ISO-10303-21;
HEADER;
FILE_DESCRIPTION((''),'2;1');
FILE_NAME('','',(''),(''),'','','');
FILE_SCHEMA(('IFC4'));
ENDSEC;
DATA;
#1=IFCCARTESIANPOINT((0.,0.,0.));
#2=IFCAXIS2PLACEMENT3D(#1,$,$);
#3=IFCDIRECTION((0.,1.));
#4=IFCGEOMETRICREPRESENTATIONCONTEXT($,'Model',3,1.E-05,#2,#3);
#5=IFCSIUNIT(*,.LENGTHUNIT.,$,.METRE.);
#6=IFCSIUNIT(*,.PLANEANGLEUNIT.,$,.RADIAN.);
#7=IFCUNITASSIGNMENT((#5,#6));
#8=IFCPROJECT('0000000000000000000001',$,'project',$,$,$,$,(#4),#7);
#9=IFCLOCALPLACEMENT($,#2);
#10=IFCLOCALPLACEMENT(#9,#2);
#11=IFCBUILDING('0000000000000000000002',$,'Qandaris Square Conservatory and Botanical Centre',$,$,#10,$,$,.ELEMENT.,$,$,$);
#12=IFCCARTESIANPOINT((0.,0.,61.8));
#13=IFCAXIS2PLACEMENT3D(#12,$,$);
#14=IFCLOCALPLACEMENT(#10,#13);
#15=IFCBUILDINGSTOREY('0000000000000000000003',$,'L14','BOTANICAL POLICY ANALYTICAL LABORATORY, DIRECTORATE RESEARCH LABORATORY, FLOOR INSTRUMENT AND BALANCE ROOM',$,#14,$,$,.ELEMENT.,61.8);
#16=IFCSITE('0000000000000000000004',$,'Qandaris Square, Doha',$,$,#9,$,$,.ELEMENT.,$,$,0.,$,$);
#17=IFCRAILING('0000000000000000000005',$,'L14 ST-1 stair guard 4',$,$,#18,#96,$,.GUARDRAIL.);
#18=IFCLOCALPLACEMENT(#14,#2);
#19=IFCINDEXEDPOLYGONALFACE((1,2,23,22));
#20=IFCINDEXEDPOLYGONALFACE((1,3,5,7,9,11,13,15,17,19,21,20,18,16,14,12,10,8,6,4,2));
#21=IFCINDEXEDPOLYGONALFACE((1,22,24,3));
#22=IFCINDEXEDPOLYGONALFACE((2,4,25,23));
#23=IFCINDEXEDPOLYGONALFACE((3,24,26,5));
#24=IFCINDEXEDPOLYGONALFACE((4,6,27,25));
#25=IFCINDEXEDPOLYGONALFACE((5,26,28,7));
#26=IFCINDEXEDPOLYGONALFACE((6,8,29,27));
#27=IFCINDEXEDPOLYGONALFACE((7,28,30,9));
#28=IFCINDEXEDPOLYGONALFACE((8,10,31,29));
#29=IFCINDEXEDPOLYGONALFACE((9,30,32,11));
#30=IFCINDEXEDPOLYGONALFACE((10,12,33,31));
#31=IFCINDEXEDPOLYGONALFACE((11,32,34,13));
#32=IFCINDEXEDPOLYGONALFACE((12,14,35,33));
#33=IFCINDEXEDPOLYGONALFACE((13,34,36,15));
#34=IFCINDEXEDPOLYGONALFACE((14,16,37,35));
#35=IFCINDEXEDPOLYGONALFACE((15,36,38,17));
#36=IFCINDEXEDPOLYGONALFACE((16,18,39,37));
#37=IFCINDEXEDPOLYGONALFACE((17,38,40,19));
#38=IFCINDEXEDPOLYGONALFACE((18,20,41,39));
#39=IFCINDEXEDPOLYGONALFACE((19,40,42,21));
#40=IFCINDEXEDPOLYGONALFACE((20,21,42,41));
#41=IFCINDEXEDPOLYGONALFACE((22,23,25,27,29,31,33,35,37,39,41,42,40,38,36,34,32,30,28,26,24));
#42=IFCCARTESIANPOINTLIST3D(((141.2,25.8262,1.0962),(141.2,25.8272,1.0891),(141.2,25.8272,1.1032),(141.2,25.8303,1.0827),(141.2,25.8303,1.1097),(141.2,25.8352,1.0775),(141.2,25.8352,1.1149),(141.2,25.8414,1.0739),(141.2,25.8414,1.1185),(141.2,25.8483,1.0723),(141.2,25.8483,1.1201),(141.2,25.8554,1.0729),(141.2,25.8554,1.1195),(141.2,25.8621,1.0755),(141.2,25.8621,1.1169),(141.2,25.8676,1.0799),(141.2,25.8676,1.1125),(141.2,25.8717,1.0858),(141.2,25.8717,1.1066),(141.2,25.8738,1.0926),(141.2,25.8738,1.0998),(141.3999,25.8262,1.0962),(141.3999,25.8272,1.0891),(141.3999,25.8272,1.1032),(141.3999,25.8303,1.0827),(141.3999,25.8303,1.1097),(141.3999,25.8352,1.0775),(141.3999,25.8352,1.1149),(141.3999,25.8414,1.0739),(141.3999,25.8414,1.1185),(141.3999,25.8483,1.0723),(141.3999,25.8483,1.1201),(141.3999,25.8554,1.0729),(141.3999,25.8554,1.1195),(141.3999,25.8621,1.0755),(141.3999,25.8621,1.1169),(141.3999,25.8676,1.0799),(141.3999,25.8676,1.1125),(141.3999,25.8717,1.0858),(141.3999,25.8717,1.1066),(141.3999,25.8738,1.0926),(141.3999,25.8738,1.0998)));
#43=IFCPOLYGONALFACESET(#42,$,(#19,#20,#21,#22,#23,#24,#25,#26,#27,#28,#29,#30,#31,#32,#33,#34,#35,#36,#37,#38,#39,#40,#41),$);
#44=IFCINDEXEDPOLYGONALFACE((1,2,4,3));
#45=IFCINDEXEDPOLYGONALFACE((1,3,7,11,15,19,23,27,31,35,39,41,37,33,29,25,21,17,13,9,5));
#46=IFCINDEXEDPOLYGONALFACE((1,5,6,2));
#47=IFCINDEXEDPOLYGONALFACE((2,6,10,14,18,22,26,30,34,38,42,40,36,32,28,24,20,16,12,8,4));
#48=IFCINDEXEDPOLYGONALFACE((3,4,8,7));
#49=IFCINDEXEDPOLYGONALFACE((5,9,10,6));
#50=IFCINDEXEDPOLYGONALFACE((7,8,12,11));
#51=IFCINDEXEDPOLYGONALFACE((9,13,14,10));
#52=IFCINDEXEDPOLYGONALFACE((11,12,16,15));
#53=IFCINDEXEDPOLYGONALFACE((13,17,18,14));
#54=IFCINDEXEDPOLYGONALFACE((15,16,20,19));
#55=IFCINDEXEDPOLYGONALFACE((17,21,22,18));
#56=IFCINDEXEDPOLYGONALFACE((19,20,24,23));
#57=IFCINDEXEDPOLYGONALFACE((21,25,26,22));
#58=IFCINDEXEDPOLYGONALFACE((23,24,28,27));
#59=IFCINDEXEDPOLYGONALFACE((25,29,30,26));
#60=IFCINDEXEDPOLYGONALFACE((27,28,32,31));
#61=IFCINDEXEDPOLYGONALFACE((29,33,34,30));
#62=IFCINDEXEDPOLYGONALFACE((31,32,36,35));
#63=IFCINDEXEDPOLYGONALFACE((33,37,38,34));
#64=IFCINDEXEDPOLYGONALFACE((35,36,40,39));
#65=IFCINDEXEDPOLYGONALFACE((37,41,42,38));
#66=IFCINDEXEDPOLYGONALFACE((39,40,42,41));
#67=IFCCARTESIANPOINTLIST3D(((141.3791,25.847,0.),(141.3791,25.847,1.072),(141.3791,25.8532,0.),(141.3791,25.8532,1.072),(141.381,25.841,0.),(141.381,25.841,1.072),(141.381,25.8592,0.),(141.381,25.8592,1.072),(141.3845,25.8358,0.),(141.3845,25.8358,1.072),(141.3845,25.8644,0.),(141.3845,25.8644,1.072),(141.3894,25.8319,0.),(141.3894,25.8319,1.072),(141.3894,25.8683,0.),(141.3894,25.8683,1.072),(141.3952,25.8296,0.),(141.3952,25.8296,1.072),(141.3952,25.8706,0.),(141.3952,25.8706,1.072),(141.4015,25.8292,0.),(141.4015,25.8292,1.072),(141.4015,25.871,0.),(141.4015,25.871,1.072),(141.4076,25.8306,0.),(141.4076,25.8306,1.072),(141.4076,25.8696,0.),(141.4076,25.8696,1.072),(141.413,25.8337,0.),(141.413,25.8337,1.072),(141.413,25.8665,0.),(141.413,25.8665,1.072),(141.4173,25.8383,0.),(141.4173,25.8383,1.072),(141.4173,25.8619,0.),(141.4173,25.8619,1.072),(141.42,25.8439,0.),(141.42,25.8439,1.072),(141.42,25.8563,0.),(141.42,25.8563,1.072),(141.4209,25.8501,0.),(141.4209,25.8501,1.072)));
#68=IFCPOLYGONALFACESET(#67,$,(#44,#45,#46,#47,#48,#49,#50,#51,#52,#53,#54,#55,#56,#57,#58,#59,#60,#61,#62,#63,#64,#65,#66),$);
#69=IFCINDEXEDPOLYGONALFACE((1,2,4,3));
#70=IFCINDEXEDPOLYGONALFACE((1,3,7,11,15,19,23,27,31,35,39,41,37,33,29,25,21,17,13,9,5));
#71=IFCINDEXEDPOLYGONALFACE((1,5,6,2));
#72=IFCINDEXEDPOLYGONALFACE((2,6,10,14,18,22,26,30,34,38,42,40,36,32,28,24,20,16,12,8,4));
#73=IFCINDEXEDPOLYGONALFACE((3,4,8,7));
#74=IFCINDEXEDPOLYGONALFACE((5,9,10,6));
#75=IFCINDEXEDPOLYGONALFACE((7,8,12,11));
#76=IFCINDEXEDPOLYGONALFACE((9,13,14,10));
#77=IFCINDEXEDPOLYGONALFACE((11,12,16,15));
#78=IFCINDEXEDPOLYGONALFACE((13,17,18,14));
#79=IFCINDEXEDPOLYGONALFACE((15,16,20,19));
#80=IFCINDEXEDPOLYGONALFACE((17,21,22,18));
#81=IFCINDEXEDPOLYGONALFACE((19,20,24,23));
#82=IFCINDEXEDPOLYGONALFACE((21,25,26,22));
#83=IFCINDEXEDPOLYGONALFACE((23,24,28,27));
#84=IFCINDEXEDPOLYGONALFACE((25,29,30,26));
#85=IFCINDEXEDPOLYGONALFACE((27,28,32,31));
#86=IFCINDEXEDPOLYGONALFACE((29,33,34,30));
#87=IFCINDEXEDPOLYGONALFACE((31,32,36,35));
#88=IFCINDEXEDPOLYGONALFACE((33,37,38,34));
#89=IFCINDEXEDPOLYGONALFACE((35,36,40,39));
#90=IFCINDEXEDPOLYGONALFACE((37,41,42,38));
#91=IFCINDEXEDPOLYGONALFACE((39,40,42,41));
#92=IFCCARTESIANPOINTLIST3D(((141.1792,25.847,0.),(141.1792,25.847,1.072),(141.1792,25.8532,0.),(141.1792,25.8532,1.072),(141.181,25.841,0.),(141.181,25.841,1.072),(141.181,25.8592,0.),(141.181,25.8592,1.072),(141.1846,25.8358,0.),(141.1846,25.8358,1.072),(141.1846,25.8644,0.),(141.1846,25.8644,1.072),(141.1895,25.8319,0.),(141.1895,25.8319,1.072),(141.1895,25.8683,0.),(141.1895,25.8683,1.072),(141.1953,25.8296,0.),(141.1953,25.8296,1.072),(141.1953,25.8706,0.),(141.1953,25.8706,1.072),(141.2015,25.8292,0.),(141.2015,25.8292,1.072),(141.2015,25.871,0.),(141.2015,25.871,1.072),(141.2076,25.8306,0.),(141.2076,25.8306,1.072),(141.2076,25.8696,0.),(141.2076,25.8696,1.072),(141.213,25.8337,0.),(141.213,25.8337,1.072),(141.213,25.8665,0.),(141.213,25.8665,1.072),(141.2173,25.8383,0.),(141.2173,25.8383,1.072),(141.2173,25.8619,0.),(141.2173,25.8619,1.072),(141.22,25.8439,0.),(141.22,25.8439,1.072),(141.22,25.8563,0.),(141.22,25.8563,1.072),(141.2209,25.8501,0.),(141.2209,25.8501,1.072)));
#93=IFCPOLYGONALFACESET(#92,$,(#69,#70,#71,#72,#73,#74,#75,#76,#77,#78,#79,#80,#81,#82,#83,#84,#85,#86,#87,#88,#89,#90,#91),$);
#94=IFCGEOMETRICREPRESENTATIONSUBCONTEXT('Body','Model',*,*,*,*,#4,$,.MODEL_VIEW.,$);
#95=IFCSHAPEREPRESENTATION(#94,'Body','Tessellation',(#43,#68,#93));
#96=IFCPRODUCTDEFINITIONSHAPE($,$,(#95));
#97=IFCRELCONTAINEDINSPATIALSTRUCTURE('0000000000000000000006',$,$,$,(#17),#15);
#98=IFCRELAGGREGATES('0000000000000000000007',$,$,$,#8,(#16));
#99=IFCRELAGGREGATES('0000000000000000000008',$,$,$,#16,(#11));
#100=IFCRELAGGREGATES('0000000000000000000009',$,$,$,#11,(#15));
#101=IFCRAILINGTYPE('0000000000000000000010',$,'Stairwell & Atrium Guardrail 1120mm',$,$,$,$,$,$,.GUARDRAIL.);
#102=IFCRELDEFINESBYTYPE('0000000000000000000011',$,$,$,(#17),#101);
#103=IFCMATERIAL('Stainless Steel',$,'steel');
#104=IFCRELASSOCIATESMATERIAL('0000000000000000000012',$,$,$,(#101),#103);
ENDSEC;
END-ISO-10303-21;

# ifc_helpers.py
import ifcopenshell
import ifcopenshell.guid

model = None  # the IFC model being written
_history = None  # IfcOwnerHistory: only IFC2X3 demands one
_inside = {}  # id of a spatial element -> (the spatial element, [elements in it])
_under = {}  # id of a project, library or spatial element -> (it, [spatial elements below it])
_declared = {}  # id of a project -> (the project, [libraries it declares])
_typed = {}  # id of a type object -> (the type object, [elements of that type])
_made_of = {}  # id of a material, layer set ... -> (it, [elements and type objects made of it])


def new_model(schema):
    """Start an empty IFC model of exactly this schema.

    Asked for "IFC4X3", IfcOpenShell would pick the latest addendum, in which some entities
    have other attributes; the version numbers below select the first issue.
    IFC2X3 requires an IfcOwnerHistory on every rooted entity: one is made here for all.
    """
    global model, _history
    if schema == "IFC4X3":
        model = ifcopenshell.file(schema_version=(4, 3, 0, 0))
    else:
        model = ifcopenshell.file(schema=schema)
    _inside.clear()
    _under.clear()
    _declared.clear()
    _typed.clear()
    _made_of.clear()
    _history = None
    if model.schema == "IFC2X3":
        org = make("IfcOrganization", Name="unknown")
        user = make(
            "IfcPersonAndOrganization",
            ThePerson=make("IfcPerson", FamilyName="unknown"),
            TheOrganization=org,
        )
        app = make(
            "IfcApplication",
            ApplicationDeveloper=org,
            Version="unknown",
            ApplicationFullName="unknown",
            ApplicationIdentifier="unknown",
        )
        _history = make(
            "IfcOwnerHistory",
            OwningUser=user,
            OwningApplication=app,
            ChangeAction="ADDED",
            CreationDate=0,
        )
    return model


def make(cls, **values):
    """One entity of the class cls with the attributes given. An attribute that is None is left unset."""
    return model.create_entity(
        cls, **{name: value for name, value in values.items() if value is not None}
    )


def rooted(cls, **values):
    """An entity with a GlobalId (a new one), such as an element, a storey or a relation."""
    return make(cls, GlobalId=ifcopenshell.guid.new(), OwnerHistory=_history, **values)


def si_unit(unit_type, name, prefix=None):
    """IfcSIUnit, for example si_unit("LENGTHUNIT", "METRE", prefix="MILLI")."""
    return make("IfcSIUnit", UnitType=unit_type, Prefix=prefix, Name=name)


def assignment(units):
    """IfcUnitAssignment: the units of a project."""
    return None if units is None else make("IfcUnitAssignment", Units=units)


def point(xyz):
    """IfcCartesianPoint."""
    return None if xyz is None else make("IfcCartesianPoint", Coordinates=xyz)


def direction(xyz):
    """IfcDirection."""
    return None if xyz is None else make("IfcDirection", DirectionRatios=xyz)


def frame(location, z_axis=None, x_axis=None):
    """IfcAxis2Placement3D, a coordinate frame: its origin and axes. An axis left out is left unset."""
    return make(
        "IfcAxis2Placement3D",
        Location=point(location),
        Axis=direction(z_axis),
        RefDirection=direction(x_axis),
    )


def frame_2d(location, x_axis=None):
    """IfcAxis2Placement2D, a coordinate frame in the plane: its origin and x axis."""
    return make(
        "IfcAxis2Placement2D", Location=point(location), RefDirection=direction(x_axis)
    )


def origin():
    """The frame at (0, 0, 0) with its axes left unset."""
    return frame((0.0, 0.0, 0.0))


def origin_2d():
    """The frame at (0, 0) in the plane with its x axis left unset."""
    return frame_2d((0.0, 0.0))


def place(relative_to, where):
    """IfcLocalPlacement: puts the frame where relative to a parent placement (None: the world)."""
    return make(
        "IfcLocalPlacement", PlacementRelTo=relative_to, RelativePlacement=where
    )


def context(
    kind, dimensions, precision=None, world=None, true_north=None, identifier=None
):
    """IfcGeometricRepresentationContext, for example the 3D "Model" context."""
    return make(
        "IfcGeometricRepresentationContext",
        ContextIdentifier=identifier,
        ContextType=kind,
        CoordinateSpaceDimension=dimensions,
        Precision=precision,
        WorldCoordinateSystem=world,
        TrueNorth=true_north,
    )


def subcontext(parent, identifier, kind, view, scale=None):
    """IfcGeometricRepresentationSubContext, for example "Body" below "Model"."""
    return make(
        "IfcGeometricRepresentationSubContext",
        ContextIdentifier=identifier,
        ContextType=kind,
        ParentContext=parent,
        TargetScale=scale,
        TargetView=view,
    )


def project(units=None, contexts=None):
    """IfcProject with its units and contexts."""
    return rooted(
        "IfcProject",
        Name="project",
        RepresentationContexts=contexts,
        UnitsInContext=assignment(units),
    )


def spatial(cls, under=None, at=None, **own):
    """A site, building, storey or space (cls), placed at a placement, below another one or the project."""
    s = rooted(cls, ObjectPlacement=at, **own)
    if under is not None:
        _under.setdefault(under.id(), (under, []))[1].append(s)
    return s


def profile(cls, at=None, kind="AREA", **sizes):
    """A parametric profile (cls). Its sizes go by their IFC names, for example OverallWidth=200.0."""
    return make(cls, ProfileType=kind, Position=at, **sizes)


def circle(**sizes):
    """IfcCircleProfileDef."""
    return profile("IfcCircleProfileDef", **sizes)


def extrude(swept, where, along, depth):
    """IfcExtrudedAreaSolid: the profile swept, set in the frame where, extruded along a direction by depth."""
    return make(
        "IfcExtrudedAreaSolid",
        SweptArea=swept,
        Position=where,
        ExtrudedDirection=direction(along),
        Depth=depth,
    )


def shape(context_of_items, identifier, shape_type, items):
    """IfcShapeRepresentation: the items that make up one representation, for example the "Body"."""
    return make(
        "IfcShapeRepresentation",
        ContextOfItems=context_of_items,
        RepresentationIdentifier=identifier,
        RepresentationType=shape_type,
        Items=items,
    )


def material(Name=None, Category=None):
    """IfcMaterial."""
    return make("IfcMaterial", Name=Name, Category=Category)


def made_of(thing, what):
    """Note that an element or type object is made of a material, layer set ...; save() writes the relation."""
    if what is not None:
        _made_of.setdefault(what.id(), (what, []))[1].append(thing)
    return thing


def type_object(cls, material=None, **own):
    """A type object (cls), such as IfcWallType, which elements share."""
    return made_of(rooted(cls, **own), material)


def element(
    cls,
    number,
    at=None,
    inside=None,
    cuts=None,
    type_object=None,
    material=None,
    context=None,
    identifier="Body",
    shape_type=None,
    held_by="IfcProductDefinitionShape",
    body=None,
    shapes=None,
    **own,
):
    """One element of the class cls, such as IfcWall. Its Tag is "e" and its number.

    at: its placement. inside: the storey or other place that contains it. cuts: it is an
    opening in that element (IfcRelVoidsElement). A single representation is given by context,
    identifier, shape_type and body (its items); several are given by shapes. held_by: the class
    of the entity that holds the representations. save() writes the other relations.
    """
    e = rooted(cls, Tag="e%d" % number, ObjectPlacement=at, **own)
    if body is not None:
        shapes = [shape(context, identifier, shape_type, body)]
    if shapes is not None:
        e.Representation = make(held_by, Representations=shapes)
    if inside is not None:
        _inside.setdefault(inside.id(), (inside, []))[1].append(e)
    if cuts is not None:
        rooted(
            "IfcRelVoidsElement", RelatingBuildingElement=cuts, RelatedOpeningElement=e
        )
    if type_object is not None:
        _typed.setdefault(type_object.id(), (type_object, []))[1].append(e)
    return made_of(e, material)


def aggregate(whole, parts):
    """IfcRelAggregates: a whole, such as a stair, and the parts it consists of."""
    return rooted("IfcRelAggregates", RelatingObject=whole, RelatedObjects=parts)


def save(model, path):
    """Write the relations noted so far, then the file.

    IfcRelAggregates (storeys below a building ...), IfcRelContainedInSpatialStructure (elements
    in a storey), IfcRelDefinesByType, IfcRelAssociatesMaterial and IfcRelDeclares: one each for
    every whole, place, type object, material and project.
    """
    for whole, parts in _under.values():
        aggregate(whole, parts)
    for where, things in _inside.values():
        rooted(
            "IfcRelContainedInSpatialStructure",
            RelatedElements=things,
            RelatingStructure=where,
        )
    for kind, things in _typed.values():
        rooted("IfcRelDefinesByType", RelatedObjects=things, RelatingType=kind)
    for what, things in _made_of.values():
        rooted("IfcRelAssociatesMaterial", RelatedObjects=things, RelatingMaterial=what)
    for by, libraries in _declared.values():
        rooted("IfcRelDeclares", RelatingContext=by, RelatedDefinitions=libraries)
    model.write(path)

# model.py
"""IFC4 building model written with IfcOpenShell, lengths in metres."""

from ifc_helpers import new_model, si_unit, direction, frame, origin, origin_2d, place, context, subcontext, project, spatial, circle, extrude, material, type_object, element, save


model = new_model("IFC4")

# Units and contexts
model_context = context("Model", 3, precision=1e-05, world=origin(), true_north=direction((0.0, 1.0)))
body_context = subcontext(model_context, "Body", "Model", "MODEL_VIEW")
ifc_project = project(units=[si_unit("LENGTHUNIT", "METRE"), si_unit("PLANEANGLEUNIT", "RADIAN")], contexts=[model_context])

# Site, building, storey
site_placement = place(None, origin())
site = spatial("IfcSite", under=ifc_project, at=site_placement, Name="Qandaris Square, Doha", CompositionType="ELEMENT", RefElevation=0.0)
building_placement = place(site_placement, origin())
building = spatial("IfcBuilding", under=site, at=building_placement, Name="Qandaris Square Conservatory and Botanical Centre", CompositionType="ELEMENT")
storey_placement = place(building_placement, frame((0.0, 0.0, 61.8)))
storey = spatial("IfcBuildingStorey", under=building, at=storey_placement, Name="L14", Description="BOTANICAL POLICY ANALYTICAL LABORATORY, DIRECTORATE RESEARCH LABORATORY, FLOOR INSTRUMENT AND BALANCE ROOM", CompositionType="ELEMENT", Elevation=61.8)

# Railing
ifc_material_1 = material(Name="Stainless Steel", Category="steel")
railing_type_1 = type_object("IfcRailingType", Name="Stairwell & Atrium Guardrail 1120mm", PredefinedType="GUARDRAIL", material=ifc_material_1)
railing_1_placement = place(storey_placement, frame((141.3999, 25.8501, 0.0)))
element("IfcRailing", 1, at=railing_1_placement, inside=storey, type_object=railing_type_1, Name="L14 ST-1 stair guard 4", PredefinedType="GUARDRAIL", context=body_context, shape_type="SweptSolid", body=[
    extrude(circle(Radius=0.0239, at=origin_2d()), frame((0.0, 0.0, 1.0962), z_axis=(-1.0, 0.0, 0.0), x_axis=(0.0, -1.0, 0.0)), (0.0, 0.0, 1.0), 0.2),
    extrude(circle(Radius=0.021, at=origin_2d()), origin(), (0.0, 0.0, 1.0), 1.072),
    extrude(circle(Radius=0.021, at=origin_2d()), frame((-0.2, 0.0, 0.0)), (0.0, 0.0, 1.0), 1.072),
])

save(model, "model.ifc")
